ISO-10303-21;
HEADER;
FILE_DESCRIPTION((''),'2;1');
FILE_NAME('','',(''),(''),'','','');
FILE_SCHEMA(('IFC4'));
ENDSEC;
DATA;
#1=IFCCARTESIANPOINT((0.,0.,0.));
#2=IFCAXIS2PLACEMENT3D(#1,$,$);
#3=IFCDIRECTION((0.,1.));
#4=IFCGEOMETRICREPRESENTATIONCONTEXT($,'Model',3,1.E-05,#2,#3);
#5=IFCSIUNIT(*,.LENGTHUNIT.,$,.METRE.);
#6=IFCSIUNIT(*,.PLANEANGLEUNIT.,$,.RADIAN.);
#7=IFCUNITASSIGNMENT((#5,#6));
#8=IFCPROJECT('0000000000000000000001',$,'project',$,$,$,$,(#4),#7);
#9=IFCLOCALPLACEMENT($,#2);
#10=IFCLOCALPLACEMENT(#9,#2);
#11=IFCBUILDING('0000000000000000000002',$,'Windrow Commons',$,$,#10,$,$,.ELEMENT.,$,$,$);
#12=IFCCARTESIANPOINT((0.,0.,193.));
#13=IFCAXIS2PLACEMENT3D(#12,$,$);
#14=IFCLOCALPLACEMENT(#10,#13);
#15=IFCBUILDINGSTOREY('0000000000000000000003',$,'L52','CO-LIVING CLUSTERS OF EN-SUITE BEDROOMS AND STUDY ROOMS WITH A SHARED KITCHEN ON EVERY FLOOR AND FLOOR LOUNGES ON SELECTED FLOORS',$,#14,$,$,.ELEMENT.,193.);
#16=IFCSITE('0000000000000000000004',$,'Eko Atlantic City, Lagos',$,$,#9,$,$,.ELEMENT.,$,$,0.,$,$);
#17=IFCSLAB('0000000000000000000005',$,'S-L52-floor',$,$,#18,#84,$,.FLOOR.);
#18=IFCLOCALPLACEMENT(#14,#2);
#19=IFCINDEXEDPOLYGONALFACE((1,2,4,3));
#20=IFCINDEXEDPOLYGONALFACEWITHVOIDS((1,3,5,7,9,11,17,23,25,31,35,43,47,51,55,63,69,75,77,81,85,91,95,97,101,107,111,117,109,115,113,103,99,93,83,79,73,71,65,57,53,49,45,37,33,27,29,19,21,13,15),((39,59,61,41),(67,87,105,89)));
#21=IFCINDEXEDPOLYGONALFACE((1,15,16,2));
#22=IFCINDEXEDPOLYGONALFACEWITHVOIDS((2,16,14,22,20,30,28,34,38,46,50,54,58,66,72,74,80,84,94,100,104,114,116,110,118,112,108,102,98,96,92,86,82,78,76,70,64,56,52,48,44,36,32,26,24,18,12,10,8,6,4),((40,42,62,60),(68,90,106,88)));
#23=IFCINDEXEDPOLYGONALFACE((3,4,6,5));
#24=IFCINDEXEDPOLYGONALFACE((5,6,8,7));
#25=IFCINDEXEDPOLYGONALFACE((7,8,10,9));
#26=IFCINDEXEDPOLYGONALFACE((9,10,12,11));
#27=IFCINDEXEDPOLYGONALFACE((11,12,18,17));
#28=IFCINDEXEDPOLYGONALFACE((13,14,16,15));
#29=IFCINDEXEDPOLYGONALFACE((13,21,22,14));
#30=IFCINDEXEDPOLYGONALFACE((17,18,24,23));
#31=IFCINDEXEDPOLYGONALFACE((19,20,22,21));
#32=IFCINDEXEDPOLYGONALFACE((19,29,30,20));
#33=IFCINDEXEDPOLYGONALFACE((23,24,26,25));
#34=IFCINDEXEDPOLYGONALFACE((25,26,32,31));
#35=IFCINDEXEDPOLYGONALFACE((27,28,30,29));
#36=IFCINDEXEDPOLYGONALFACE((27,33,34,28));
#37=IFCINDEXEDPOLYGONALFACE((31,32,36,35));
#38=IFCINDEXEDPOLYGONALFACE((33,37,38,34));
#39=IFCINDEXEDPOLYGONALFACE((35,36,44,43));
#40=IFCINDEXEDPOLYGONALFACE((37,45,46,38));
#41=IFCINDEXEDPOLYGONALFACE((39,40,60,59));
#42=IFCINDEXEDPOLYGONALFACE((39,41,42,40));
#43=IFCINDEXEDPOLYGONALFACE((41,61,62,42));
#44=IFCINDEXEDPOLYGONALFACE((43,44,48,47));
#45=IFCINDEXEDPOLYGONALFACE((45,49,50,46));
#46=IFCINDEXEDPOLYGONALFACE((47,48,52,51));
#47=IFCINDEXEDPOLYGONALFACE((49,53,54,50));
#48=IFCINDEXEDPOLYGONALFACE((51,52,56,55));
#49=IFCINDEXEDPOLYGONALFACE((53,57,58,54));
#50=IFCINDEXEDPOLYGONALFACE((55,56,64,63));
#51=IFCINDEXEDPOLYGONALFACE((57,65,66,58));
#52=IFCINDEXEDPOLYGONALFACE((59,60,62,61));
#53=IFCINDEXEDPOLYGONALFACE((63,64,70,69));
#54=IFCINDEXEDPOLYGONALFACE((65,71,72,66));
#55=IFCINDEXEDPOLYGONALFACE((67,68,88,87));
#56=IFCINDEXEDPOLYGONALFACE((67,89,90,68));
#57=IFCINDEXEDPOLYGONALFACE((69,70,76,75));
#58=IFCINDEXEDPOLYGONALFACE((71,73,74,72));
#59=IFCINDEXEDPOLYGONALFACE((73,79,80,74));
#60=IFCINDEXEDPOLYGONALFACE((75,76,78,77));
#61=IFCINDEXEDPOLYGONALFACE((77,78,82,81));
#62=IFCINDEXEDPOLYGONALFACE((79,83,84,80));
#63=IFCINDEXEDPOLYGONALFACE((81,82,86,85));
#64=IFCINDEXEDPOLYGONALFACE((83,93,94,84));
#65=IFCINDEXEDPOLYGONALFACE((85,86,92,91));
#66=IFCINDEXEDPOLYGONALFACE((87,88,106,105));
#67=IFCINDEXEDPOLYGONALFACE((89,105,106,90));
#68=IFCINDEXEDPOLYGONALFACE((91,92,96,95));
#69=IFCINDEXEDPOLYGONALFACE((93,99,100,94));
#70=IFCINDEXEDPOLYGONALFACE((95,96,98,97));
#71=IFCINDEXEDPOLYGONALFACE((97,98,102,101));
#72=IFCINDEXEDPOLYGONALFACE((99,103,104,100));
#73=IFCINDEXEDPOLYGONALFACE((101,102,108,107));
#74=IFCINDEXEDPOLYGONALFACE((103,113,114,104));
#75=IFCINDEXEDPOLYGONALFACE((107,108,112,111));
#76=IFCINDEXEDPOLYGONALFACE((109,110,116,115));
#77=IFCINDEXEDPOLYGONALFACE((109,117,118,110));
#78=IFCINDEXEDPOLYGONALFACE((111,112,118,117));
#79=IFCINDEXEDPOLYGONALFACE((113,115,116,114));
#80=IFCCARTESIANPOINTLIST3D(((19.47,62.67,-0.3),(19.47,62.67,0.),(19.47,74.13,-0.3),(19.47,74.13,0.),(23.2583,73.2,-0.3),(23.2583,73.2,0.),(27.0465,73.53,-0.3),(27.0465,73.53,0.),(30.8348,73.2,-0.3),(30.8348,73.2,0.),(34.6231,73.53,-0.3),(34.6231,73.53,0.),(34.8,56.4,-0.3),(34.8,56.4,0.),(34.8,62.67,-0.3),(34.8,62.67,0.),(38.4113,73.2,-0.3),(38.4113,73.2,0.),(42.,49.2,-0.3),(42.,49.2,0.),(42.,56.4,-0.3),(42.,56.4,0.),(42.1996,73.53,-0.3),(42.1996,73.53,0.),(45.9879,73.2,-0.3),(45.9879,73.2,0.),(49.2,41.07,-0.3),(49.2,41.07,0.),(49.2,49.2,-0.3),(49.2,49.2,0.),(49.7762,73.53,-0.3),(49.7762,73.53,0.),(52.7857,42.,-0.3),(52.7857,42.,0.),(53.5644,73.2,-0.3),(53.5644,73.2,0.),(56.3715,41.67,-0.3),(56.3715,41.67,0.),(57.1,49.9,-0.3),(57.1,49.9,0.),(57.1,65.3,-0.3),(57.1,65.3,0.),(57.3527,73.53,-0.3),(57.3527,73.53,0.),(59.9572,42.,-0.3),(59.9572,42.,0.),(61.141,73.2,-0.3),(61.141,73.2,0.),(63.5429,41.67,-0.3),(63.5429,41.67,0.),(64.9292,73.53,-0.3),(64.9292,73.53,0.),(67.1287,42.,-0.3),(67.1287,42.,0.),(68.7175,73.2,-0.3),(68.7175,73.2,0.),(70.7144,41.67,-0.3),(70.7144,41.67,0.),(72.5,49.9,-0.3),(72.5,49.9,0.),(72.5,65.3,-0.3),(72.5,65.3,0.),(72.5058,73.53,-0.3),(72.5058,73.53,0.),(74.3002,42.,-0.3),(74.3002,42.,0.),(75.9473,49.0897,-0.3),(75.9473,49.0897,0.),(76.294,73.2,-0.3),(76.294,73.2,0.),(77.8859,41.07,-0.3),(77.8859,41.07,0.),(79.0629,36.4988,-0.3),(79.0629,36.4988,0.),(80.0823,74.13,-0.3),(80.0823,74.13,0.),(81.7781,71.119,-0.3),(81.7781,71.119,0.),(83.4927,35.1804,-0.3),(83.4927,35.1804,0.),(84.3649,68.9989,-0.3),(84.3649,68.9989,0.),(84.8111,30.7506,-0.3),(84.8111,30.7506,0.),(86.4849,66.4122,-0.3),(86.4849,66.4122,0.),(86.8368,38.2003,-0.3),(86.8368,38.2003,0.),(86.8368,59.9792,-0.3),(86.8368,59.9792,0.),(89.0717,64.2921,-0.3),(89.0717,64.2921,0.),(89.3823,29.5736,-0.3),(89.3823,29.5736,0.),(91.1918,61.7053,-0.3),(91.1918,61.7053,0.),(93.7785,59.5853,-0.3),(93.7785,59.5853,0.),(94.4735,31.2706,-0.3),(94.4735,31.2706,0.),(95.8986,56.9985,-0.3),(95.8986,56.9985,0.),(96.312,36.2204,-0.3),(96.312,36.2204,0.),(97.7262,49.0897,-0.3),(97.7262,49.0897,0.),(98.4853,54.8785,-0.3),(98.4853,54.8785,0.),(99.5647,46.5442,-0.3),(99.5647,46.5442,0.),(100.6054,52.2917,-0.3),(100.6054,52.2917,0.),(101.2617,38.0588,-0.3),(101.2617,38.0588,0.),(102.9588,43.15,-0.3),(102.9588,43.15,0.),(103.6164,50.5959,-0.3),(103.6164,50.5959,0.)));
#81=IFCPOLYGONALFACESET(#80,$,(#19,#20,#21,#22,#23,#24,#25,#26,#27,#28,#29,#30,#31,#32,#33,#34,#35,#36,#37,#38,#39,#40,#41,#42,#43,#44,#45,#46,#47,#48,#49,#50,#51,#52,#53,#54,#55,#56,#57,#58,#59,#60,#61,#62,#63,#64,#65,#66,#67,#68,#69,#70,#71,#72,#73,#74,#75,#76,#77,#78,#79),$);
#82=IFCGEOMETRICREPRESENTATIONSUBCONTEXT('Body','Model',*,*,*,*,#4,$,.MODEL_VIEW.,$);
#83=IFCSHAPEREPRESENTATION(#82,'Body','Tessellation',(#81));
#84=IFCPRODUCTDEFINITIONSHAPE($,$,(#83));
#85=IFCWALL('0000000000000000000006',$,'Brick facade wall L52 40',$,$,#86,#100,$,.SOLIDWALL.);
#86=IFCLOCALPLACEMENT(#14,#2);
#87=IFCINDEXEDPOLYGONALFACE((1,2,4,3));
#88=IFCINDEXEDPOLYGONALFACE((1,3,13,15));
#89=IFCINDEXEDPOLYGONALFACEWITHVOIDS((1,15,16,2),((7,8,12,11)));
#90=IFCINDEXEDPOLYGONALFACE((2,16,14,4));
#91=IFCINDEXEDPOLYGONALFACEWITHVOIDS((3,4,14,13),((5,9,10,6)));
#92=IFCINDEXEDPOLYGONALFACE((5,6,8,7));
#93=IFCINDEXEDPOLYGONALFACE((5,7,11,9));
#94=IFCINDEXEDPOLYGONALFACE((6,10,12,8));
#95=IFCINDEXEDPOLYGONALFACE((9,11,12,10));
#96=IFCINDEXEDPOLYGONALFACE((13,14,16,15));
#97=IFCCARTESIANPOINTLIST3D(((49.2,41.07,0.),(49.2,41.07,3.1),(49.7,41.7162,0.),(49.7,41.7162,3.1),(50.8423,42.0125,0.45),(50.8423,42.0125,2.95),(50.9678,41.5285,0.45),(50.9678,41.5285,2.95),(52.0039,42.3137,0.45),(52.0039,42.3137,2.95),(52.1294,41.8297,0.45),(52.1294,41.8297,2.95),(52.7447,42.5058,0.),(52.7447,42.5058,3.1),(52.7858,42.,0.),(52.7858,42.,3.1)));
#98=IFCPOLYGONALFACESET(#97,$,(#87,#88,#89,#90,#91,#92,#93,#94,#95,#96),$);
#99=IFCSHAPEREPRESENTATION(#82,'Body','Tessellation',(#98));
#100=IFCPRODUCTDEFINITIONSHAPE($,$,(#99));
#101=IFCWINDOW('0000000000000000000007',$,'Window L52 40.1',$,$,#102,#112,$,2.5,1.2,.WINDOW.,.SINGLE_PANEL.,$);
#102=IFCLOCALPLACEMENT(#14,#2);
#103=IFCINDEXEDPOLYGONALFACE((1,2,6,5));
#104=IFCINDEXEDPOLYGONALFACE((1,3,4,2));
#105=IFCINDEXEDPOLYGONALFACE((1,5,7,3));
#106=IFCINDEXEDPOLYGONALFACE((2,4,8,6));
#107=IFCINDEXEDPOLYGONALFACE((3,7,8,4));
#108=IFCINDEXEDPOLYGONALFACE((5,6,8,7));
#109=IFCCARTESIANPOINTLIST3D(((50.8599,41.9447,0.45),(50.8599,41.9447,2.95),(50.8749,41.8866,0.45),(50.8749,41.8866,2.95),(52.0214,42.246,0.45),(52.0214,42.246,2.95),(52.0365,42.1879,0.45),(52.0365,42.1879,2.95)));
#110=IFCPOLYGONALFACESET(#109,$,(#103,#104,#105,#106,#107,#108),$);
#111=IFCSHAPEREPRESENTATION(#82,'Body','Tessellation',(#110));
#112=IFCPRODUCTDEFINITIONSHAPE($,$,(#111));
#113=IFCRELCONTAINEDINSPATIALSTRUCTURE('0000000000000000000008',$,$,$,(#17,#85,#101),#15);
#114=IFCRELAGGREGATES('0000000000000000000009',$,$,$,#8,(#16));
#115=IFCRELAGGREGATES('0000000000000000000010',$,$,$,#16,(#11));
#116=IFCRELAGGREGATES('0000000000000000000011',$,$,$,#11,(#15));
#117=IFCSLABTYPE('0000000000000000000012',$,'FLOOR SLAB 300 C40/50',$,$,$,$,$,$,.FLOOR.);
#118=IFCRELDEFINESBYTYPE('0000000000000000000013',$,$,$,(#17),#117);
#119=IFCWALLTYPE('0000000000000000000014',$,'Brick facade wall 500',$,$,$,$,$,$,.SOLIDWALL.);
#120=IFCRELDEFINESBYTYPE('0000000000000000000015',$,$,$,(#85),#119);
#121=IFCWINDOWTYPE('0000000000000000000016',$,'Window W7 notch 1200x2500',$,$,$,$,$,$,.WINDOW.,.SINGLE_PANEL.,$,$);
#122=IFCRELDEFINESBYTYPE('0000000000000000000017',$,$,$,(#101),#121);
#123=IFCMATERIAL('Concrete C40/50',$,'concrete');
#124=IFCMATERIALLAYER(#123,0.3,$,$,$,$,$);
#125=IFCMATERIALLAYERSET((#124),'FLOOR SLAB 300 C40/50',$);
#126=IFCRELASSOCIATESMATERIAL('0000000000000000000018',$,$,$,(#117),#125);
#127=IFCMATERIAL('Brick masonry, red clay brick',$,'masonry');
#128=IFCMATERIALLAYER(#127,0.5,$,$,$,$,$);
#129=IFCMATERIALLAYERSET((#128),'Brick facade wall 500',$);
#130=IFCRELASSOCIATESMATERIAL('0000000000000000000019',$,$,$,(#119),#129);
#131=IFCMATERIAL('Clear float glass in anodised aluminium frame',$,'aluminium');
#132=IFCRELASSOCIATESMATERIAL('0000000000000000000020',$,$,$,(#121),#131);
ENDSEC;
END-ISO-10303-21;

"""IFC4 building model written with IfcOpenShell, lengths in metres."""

from ifc_helpers import new_model, si_unit, direction, frame, frame_2d, origin, place, context, subcontext, project, spatial, polyline, rectangle, outline, extrude, material, layer, layer_set, type_object, element, fill, save


model = new_model("IFC4")

# Units and contexts
model_context = context("Model", 3, precision=1e-05, world=origin(), true_north=direction((0.0, 1.0)))
body_context = subcontext(model_context, "Body", "Model", "MODEL_VIEW")
ifc_project = project(units=[si_unit("LENGTHUNIT", "METRE"), si_unit("PLANEANGLEUNIT", "RADIAN")], contexts=[model_context])

# Site, building, storey
site_placement = place(None, origin())
site = spatial("IfcSite", under=ifc_project, at=site_placement, Name="Eko Atlantic City, Lagos", CompositionType="ELEMENT", RefElevation=0.0)
building_placement = place(site_placement, origin())
building = spatial("IfcBuilding", under=site, at=building_placement, Name="Windrow Commons", CompositionType="ELEMENT")
storey_placement = place(building_placement, frame((0.0, 0.0, 193.0)))
storey = spatial("IfcBuildingStorey", under=building, at=storey_placement, Name="L52", Description="CO-LIVING CLUSTERS OF EN-SUITE BEDROOMS AND STUDY ROOMS WITH A SHARED KITCHEN ON EVERY FLOOR AND FLOOR LOUNGES ON SELECTED FLOORS", CompositionType="ELEMENT", Elevation=193.0)

# Shared definitions
placement_1 = place(storey_placement, frame((0.0, 0.0, -0.3)))

# Slab, openings
ifc_material_1 = material(Name="Concrete C40/50", Category="concrete")
ifc_layer_1 = layer(ifc_material_1, 0.3)
ifc_layer_set_1 = layer_set([ifc_layer_1], Name="FLOOR SLAB 300 C40/50")
slab_type_1 = type_object("IfcSlabType", Name="FLOOR SLAB 300 C40/50", PredefinedType="FLOOR", material=ifc_layer_set_1)
slab_1 = element("IfcSlab", 1, at=placement_1, inside=storey, type_object=slab_type_1, Name="S-L52-floor", PredefinedType="FLOOR", context=body_context, shape_type="SweptSolid", body=[
    extrude(outline(polyline([(84.8111, 30.7506), (89.3823, 29.5736), (94.4735, 31.2706), (96.312, 36.2204), (101.2617, 38.0588), (102.9588, 43.15), (99.5647, 46.5442), (103.6164, 50.5959), (100.6054, 52.2917), (98.4853, 54.8785), (95.8986, 56.9985), (93.7785, 59.5853), (91.1918, 61.7053), (89.0717, 64.2921), (86.4849, 66.4122), (84.3649, 68.9989), (81.7781, 71.119), (80.0823, 74.13), (76.294, 73.2), (72.5058, 73.53), (68.7175, 73.2), (64.9292, 73.53), (61.141, 73.2), (57.3527, 73.53), (53.5644, 73.2), (49.7762, 73.53), (45.9879, 73.2), (42.1996, 73.53), (38.4113, 73.2), (34.6231, 73.53), (30.8348, 73.2), (27.0465, 73.53), (23.2583, 73.2), (19.47, 74.13), (19.47, 62.67), (34.8, 62.67), (34.8, 56.4), (42.0, 56.4), (42.0, 49.2), (49.2, 49.2), (49.2, 41.07), (52.7857, 42.0), (56.3715, 41.67), (59.9572, 42.0), (63.5429, 41.67), (67.1287, 42.0), (70.7144, 41.67), (74.3002, 42.0), (77.8859, 41.07), (79.0629, 36.4988), (83.4927, 35.1804), (84.8111, 30.7506)]), holes=[polyline([(75.9473, 49.0897), (86.8368, 59.9792), (97.7262, 49.0897), (86.8368, 38.2003), (75.9473, 49.0897)]), polyline([(57.1, 49.9), (57.1, 65.3), (72.5, 65.3), (72.5, 49.9), (57.1, 49.9)])]), origin(), (0.0, 0.0, 1.0), 0.3),
])
opening_1_placement = place(placement_1, origin())
element("IfcOpeningElement", 2, at=opening_1_placement, cuts=slab_1, PredefinedType="OPENING", context=body_context, shape_type="SweptSolid", body=[
    extrude(outline(polyline([(75.9544, 49.0897), (86.8368, 59.9721), (97.7191, 49.0897), (86.8368, 38.2074), (75.9544, 49.0897)])), origin(), (0.0, 0.0, 1.0), 0.3),
])
opening_2_placement = place(placement_1, origin())
element("IfcOpeningElement", 3, at=opening_2_placement, cuts=slab_1, PredefinedType="OPENING", context=body_context, shape_type="SweptSolid", body=[
    extrude(outline(polyline([(57.105, 49.905), (57.105, 65.295), (72.495, 65.295), (72.495, 49.905), (57.105, 49.905)])), origin(), (0.0, 0.0, 1.0), 0.3),
])

# Wall, opening, window
ifc_material_2 = material(Name="Brick masonry, red clay brick", Category="masonry")
ifc_layer_2 = layer(ifc_material_2, 0.5)
ifc_layer_set_2 = layer_set([ifc_layer_2], Name="Brick facade wall 500")
wall_type = type_object("IfcWallType", Name="Brick facade wall 500", PredefinedType="SOLIDWALL", material=ifc_layer_set_2)
wall_placement = place(storey_placement, frame((49.45, 41.3931, 0.0), z_axis=(0.0, 0.0, 1.0), x_axis=(0.967975, 0.251045, 0.0)))
wall = element("IfcWall", 4, at=wall_placement, inside=storey, type_object=wall_type, Name="Brick facade wall L52 40", PredefinedType="SOLIDWALL", context=body_context, shape_type="SweptSolid", body=[
    extrude(outline(polyline([(-0.3231, -0.25), (3.3813, -0.25), (3.4685, 0.25), (0.3231, 0.25), (-0.3231, -0.25)])), origin(), (0.0, 0.0, 1.0), 3.1),
])
opening_3_placement = place(wall_placement, frame((1.5032, 0.0, 0.45)))
opening_3 = element("IfcOpeningElement", 5, at=opening_3_placement, cuts=wall, PredefinedType="OPENING", context=body_context, shape_type="SweptSolid", body=[
    extrude(rectangle(XDim=1.2, YDim=2.5, at=frame_2d((0.6, 1.25))), frame((0.0, 0.26, 0.0), z_axis=(0.0, -1.0, 0.0), x_axis=(1.0, 0.0, 0.0)), (0.0, 0.0, 1.0), 0.52),
])
ifc_material_3 = material(Name="Clear float glass in anodised aluminium frame", Category="aluminium")
window_type = type_object("IfcWindowType", Name="Window W7 notch 1200x2500", PartitioningType="SINGLE_PANEL", PredefinedType="WINDOW", material=ifc_material_3)
window_placement = place(opening_3_placement, origin())
window = element("IfcWindow", 6, at=window_placement, inside=storey, type_object=window_type, Name="Window L52 40.1", OverallHeight=2.5, OverallWidth=1.2, PartitioningType="SINGLE_PANEL", PredefinedType="WINDOW", context=body_context, shape_type="SweptSolid", body=[
    extrude(rectangle(XDim=1.2, YDim=2.5, at=frame_2d((0.6, 1.25))), frame((0.0, 0.18, 0.0), z_axis=(0.0, -1.0, 0.0), x_axis=(1.0, 0.0, 0.0)), (0.0, 0.0, 1.0), 0.06),
])
fill(opening_3, window)

save(model, "model.ifc")
